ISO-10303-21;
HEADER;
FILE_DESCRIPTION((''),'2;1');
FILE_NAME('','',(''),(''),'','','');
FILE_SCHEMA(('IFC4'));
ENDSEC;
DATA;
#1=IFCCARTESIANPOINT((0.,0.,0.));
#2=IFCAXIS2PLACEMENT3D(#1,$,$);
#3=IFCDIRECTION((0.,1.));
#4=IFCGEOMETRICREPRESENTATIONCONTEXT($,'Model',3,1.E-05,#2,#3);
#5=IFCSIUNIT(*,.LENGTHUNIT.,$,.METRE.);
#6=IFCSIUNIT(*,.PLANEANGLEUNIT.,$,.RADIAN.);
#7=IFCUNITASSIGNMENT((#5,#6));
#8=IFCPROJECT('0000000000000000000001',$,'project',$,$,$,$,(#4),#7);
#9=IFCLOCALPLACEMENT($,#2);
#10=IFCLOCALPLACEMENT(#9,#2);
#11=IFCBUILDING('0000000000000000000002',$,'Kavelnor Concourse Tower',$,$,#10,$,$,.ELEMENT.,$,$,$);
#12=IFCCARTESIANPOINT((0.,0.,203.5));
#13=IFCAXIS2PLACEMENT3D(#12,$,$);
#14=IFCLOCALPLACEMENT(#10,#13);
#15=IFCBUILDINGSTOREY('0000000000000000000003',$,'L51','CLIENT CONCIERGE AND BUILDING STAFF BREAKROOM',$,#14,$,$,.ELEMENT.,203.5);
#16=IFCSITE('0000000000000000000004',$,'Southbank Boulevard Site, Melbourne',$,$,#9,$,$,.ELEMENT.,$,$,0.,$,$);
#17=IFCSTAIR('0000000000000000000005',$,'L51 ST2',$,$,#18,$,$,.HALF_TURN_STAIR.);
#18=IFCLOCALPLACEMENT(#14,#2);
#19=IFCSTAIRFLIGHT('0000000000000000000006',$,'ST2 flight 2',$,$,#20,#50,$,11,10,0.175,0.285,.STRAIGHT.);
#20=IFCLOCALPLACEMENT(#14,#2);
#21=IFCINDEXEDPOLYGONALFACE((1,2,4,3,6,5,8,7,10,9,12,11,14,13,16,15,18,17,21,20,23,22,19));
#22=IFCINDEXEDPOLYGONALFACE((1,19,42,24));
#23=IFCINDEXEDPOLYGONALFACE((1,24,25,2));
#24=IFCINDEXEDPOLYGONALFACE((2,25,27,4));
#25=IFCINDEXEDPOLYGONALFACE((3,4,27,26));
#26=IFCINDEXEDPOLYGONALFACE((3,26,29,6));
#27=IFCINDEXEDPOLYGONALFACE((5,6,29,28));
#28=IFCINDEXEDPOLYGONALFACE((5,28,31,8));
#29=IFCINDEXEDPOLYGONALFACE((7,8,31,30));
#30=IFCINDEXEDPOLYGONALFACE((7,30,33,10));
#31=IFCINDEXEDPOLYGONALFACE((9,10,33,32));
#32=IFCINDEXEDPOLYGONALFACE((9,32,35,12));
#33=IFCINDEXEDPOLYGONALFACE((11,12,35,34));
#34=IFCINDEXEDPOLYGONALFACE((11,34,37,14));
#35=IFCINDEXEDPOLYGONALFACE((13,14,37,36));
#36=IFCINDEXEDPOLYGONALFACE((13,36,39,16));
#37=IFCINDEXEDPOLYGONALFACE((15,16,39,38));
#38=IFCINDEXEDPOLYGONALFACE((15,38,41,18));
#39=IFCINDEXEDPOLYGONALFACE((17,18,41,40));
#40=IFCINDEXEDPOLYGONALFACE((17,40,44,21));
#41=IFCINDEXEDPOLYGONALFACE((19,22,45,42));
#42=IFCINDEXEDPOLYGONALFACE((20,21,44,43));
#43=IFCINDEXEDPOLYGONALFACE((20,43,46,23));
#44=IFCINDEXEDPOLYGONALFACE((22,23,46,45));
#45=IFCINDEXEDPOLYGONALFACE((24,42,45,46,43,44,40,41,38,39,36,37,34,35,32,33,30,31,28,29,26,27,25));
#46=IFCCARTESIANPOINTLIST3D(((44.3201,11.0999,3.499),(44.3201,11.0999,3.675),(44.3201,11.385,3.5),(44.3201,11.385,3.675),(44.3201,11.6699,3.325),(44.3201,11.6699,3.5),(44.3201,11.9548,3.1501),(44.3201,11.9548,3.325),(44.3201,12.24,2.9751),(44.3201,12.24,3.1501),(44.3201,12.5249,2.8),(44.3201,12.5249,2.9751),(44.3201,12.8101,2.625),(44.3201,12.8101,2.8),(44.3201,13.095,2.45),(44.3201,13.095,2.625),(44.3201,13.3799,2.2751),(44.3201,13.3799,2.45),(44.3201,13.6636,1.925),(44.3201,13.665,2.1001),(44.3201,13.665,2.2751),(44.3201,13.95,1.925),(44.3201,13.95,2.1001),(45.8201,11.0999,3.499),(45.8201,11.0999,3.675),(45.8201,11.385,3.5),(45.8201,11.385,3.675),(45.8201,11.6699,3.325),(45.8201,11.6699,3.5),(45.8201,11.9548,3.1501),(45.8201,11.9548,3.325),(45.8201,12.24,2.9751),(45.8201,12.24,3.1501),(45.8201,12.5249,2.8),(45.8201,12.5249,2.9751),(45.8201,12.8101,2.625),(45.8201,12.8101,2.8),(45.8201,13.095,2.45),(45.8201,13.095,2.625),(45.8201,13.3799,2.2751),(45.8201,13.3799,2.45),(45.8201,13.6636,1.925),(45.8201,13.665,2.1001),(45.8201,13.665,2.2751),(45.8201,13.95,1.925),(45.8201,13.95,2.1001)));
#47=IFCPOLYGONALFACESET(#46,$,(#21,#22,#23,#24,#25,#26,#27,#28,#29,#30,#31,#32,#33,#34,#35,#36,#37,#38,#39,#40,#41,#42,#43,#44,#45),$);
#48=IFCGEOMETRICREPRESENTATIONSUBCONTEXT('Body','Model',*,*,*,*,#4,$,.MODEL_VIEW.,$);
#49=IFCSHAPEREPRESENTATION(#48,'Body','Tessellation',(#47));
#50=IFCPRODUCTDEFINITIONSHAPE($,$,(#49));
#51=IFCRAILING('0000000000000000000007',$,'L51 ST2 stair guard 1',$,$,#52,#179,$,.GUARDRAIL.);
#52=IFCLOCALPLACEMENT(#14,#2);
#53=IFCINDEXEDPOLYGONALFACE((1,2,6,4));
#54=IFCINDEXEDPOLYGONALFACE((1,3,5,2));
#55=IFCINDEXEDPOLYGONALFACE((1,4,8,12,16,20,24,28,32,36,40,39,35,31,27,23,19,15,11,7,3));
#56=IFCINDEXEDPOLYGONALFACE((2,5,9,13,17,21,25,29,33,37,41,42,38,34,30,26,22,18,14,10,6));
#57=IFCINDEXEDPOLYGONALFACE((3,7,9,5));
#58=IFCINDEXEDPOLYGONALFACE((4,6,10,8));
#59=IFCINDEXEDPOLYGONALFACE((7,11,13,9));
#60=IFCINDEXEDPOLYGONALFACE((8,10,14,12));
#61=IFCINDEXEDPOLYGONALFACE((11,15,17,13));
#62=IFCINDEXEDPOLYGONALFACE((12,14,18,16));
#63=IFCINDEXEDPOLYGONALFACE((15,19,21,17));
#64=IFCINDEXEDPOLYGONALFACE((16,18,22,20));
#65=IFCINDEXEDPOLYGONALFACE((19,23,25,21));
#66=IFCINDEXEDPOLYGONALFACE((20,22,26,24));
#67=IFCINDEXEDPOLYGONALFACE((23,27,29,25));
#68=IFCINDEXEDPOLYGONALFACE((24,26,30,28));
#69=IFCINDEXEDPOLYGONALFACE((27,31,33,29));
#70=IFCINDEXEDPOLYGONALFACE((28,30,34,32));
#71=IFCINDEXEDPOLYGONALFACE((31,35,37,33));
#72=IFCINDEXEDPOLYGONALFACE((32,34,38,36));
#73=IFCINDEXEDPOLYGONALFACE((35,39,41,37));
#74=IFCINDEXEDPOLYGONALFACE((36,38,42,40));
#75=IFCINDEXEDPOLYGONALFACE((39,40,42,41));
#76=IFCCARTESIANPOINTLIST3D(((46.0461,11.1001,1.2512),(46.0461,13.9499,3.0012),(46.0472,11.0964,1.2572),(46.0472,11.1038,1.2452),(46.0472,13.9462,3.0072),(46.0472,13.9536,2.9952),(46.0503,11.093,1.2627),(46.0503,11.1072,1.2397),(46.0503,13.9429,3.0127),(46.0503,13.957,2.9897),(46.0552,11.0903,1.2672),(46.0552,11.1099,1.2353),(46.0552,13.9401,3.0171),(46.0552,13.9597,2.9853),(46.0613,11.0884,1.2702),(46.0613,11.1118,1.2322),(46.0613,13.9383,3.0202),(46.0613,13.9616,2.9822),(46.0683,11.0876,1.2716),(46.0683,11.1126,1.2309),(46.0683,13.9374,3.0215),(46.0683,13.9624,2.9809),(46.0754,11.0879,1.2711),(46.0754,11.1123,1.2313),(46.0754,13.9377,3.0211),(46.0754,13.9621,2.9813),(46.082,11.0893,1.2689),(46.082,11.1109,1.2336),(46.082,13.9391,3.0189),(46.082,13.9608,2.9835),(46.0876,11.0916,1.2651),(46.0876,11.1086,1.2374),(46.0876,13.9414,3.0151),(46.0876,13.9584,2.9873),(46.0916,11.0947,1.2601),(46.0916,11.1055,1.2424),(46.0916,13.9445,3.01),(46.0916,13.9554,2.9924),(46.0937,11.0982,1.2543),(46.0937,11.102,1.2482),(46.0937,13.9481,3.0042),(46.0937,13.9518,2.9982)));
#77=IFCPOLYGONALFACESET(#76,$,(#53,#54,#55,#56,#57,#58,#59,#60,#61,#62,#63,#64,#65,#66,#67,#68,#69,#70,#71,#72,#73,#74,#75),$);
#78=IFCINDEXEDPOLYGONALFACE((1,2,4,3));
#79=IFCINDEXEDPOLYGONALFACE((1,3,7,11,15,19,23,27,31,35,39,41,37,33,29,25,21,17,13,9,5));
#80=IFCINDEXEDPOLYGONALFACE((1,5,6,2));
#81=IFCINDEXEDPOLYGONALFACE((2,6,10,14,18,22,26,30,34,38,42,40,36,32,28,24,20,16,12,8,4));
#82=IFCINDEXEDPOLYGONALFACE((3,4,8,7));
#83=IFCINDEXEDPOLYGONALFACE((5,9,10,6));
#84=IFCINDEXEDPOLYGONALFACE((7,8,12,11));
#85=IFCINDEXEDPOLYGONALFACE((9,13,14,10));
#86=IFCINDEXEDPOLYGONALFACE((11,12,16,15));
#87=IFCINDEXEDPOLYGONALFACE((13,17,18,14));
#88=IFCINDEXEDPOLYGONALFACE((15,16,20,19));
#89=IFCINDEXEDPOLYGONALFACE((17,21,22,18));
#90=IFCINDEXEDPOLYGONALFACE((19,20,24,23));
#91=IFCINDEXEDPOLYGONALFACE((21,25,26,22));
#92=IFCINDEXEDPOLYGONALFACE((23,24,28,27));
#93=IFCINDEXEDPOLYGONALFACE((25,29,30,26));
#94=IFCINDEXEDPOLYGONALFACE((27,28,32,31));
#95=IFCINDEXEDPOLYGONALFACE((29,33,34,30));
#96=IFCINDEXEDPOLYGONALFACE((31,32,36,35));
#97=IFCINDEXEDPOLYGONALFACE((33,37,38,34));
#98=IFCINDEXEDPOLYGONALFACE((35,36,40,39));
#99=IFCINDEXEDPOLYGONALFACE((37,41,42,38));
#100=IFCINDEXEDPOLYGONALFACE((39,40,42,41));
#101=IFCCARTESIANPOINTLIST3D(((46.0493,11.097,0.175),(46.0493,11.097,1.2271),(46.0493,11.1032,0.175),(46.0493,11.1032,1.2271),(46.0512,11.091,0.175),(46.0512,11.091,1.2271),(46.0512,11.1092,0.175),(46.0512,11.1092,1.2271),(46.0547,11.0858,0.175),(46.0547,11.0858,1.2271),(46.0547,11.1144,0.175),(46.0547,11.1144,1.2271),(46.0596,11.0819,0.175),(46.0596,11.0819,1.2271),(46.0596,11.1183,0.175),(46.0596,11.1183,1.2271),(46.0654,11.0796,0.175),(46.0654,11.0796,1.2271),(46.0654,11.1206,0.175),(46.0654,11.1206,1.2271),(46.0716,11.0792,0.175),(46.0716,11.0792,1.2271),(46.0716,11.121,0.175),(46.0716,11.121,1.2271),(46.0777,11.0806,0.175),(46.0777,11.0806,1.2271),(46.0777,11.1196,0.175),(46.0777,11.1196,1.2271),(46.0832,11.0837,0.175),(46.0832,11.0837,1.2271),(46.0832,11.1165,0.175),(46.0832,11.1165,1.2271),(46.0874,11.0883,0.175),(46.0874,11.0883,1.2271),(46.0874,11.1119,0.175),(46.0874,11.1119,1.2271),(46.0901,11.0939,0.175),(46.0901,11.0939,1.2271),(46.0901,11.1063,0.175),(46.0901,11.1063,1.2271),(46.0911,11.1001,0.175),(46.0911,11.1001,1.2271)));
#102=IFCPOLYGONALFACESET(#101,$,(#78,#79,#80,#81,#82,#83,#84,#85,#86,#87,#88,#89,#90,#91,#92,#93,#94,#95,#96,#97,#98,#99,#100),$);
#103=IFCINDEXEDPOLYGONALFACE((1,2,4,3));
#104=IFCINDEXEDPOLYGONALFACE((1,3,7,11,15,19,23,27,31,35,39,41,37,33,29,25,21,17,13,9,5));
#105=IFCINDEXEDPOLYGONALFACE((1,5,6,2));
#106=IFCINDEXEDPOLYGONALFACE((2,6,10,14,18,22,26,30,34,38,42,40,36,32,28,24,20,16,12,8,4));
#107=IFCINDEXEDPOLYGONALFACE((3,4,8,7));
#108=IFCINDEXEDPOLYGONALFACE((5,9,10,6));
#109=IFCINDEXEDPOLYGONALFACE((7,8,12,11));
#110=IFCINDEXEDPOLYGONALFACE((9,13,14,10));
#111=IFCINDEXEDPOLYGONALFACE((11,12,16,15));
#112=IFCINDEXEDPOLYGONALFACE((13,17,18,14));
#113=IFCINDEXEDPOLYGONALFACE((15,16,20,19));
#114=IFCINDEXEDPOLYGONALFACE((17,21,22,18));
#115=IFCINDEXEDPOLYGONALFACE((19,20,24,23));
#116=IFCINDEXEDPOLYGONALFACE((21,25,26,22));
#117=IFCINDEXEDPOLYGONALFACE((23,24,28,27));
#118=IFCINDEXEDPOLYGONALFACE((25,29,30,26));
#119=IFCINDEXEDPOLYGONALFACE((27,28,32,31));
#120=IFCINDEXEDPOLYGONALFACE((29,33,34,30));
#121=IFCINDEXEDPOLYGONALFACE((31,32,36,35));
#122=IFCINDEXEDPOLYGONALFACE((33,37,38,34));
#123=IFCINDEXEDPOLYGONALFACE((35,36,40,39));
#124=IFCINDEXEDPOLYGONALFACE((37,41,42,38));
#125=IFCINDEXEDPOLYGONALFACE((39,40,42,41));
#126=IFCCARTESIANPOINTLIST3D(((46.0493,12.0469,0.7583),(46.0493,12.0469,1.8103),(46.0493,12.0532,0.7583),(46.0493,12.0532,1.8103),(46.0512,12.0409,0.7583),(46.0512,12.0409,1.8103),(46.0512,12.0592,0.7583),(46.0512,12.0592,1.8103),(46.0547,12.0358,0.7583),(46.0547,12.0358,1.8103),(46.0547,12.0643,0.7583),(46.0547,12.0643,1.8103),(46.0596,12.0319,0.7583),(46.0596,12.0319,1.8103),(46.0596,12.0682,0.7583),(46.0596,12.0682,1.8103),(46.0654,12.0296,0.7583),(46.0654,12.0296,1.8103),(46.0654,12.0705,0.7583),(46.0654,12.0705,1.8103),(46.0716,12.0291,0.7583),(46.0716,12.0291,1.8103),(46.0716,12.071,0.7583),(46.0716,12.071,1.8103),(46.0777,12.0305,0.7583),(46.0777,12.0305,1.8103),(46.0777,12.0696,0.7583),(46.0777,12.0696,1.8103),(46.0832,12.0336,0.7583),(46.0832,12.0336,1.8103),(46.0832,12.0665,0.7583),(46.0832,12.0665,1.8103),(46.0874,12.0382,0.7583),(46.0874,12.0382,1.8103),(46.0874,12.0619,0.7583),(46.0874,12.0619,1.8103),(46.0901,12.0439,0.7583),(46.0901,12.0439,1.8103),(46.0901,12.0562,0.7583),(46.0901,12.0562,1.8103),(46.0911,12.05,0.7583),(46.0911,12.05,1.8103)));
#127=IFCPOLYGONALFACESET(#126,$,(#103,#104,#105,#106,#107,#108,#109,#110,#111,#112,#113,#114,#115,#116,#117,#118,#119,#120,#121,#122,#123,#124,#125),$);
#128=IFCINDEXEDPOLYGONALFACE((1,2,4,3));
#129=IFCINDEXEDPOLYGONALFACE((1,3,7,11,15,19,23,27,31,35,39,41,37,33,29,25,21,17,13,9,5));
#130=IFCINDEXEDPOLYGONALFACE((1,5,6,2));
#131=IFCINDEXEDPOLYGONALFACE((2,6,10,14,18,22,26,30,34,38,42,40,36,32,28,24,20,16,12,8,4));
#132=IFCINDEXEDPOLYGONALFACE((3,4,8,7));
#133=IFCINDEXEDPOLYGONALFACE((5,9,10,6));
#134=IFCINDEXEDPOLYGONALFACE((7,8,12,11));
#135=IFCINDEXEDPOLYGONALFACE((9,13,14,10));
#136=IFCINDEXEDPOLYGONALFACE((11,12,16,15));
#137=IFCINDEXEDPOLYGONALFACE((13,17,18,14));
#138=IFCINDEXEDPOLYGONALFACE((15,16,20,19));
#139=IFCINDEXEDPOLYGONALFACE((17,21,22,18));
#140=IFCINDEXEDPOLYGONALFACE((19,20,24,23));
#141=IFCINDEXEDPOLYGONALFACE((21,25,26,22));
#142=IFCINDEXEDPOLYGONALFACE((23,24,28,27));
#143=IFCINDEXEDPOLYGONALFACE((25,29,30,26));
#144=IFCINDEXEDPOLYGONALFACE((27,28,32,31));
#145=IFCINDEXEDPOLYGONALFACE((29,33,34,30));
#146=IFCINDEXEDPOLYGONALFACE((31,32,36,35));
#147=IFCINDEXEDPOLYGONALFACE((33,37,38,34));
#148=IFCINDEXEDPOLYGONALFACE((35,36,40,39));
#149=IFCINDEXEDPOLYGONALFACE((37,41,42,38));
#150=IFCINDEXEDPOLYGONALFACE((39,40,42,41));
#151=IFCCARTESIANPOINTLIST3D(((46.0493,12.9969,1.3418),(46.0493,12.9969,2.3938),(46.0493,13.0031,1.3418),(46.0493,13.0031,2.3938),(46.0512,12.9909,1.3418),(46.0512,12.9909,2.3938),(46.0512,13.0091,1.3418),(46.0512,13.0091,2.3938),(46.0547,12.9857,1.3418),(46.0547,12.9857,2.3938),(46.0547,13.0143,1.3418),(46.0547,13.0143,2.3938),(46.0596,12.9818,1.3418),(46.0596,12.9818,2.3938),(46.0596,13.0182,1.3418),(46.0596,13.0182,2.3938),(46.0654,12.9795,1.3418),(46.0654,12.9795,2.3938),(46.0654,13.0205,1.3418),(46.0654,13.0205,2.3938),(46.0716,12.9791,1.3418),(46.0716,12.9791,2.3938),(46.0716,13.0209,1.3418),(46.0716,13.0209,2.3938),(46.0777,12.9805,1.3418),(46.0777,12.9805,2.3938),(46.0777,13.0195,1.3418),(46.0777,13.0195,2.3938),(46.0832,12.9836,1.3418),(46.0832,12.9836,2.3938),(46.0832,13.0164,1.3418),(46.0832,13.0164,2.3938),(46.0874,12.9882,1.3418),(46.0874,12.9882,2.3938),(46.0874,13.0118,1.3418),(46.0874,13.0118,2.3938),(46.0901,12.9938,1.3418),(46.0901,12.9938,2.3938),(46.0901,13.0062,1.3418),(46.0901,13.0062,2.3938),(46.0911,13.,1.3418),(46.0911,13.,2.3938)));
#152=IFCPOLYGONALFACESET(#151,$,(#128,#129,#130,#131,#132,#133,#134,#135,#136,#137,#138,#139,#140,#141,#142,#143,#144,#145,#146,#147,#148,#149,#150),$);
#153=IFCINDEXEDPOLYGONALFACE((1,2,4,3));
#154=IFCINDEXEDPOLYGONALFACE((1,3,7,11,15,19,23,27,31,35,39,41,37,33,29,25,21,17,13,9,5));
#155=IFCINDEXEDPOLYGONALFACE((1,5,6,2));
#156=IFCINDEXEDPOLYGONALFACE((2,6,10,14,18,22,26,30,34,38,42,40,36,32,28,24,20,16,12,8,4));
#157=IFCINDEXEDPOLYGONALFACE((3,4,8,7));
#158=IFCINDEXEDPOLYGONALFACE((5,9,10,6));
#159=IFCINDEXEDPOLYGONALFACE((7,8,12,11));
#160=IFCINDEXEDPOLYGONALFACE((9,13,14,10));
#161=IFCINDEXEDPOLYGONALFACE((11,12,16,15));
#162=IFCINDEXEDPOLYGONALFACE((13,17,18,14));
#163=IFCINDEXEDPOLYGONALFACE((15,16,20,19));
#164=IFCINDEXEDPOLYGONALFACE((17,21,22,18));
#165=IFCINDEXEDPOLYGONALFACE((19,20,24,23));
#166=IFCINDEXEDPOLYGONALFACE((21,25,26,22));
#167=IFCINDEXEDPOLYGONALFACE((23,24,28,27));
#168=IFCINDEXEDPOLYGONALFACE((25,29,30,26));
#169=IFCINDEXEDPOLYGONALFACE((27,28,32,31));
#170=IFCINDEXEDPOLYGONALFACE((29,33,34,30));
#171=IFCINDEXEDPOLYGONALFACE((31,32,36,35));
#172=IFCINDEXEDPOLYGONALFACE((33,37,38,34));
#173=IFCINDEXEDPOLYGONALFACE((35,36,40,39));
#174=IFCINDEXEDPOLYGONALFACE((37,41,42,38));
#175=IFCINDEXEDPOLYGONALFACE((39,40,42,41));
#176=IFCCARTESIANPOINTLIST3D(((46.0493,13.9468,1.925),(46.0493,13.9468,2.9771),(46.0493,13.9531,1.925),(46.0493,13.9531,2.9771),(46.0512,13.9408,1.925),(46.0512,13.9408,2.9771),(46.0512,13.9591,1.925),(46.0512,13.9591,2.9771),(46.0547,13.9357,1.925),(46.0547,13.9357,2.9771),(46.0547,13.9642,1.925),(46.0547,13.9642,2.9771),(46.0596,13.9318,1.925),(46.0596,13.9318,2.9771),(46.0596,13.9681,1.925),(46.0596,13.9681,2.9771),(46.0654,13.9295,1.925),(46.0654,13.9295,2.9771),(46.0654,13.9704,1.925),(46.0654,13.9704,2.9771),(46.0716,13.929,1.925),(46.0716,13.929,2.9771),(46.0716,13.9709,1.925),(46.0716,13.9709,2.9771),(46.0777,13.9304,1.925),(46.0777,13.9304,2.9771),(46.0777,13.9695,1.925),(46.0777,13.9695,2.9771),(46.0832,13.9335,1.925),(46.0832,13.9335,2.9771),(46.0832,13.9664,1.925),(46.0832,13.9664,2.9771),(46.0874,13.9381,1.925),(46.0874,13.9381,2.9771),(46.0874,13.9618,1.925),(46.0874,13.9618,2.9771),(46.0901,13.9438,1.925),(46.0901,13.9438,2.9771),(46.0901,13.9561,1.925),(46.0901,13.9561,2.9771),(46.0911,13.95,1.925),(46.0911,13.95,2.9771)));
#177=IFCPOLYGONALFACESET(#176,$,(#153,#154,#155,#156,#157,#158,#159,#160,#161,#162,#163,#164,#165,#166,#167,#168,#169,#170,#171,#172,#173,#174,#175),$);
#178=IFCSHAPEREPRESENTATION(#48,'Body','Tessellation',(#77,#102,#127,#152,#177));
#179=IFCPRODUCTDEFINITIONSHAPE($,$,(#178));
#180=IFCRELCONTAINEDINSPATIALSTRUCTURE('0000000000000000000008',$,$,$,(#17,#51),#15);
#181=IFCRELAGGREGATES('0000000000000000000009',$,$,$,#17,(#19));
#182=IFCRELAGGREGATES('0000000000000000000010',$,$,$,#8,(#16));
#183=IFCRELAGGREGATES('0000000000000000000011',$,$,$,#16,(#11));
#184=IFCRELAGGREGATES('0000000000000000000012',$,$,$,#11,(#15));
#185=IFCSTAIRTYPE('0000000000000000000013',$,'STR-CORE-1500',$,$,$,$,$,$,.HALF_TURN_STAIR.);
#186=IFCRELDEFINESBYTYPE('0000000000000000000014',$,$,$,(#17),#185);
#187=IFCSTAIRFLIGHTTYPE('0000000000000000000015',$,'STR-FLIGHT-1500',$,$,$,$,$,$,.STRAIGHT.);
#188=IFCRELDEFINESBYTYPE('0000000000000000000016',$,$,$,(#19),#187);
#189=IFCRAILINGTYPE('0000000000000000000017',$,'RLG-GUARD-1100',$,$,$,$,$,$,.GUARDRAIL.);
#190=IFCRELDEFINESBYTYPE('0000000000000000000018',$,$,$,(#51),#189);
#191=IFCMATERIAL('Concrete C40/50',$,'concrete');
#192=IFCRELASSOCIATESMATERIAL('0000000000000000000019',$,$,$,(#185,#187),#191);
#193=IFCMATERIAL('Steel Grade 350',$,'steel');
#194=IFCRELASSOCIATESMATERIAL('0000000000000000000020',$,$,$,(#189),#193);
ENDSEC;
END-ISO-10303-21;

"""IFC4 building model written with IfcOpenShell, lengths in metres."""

from ifc_helpers import new_model, si_unit, direction, frame, origin, origin_2d, place, context, subcontext, project, spatial, polyline, circle, outline, extrude, material, type_object, element, aggregate, save


model = new_model("IFC4")

# Units and contexts
model_context = context("Model", 3, precision=1e-05, world=origin(), true_north=direction((0.0, 1.0)))
body_context = subcontext(model_context, "Body", "Model", "MODEL_VIEW")
ifc_project = project(units=[si_unit("LENGTHUNIT", "METRE"), si_unit("PLANEANGLEUNIT", "RADIAN")], contexts=[model_context])

# Site, building, storey
site_placement = place(None, origin())
site = spatial("IfcSite", under=ifc_project, at=site_placement, Name="Southbank Boulevard Site, Melbourne", CompositionType="ELEMENT", RefElevation=0.0)
building_placement = place(site_placement, origin())
building = spatial("IfcBuilding", under=site, at=building_placement, Name="Kavelnor Concourse Tower", CompositionType="ELEMENT")
storey_placement = place(building_placement, frame((0.0, 0.0, 203.5)))
storey = spatial("IfcBuildingStorey", under=building, at=storey_placement, Name="L51", Description="CLIENT CONCIERGE AND BUILDING STAFF BREAKROOM", CompositionType="ELEMENT", Elevation=203.5)

# Shared definitions
ifc_material_1 = material(Name="Steel Grade 350", Category="steel")

# Stair, stair flight
ifc_material_2 = material(Name="Concrete C40/50", Category="concrete")
stair_type = type_object("IfcStairType", Name="STR-CORE-1500", PredefinedType="HALF_TURN_STAIR", material=ifc_material_2)
stair_placement = place(storey_placement, origin())
stair = element("IfcStair", 1, at=stair_placement, inside=storey, type_object=stair_type, Name="L51 ST2", PredefinedType="HALF_TURN_STAIR")
stair_flight_type = type_object("IfcStairFlightType", Name="STR-FLIGHT-1500", PredefinedType="STRAIGHT", material=ifc_material_2)
stair_flight_1_placement = place(storey_placement, frame((45.0701, 13.95, 1.925), z_axis=(0.0, 0.0, 1.0), x_axis=(0.0, -1.0, 0.0)))
stair_flight_1 = element("IfcStairFlight", 2, at=stair_flight_1_placement, type_object=stair_flight_type, Name="ST2 flight 2", NumberOfRisers=11, NumberOfTreads=10, PredefinedType="STRAIGHT", RiserHeight=0.175, TreadLength=0.285, context=body_context, shape_type="SweptSolid", body=[
    extrude(outline(polyline([(0.0, 0.0), (0.0, 0.175), (0.2849, 0.175), (0.2849, 0.3501), (0.5701, 0.3501), (0.5701, 0.5249), (0.855, 0.5249), (0.855, 0.7), (1.1399, 0.7), (1.1399, 0.875), (1.425, 0.875), (1.425, 1.05), (1.71, 1.05), (1.71, 1.2251), (1.9951, 1.2251), (1.9951, 1.3999), (2.28, 1.3999), (2.28, 1.575), (2.5649, 1.575), (2.5649, 1.75), (2.8501, 1.75), (2.8501, 1.925), (2.8501, 1.574), (0.2864, 0.0), (0.0, 0.0)])), frame((0.0, 0.75, 0.0), z_axis=(0.0, -1.0, 0.0), x_axis=(1.0, 0.0, 0.0)), (0.0, 0.0, 1.0), 1.5),
])
aggregate(stair, [stair_flight_1])

# Railing
railing_type_1 = type_object("IfcRailingType", Name="RLG-GUARD-1100", PredefinedType="GUARDRAIL", material=ifc_material_1)
railing_1_placement = place(storey_placement, frame((46.0701, 11.1001, 0.175)))
element("IfcRailing", 3, at=railing_1_placement, inside=storey, type_object=railing_type_1, Name="L51 ST2 stair guard 1", PredefinedType="GUARDRAIL", context=body_context, shape_type="SweptSolid", body=[
    extrude(circle(Radius=0.0239, at=origin_2d()), frame((0.0, 0.0, 1.0762), z_axis=(0.0, 0.852159, 0.523283), x_axis=(-1.0, 0.0, 0.0)), (0.0, 0.0, 1.0), 3.3442),
    extrude(circle(Radius=0.021, at=origin_2d()), origin(), (0.0, 0.0, 1.0), 1.052),
    extrude(circle(Radius=0.021, at=origin_2d()), frame((0.0, 0.95, 0.5833)), (0.0, 0.0, 1.0), 1.052),
    extrude(circle(Radius=0.021, at=origin_2d()), frame((0.0, 1.8999, 1.1667)), (0.0, 0.0, 1.0), 1.052),
    extrude(circle(Radius=0.021, at=origin_2d()), frame((0.0, 2.8499, 1.75)), (0.0, 0.0, 1.0), 1.052),
])

save(model, "model.ifc")
